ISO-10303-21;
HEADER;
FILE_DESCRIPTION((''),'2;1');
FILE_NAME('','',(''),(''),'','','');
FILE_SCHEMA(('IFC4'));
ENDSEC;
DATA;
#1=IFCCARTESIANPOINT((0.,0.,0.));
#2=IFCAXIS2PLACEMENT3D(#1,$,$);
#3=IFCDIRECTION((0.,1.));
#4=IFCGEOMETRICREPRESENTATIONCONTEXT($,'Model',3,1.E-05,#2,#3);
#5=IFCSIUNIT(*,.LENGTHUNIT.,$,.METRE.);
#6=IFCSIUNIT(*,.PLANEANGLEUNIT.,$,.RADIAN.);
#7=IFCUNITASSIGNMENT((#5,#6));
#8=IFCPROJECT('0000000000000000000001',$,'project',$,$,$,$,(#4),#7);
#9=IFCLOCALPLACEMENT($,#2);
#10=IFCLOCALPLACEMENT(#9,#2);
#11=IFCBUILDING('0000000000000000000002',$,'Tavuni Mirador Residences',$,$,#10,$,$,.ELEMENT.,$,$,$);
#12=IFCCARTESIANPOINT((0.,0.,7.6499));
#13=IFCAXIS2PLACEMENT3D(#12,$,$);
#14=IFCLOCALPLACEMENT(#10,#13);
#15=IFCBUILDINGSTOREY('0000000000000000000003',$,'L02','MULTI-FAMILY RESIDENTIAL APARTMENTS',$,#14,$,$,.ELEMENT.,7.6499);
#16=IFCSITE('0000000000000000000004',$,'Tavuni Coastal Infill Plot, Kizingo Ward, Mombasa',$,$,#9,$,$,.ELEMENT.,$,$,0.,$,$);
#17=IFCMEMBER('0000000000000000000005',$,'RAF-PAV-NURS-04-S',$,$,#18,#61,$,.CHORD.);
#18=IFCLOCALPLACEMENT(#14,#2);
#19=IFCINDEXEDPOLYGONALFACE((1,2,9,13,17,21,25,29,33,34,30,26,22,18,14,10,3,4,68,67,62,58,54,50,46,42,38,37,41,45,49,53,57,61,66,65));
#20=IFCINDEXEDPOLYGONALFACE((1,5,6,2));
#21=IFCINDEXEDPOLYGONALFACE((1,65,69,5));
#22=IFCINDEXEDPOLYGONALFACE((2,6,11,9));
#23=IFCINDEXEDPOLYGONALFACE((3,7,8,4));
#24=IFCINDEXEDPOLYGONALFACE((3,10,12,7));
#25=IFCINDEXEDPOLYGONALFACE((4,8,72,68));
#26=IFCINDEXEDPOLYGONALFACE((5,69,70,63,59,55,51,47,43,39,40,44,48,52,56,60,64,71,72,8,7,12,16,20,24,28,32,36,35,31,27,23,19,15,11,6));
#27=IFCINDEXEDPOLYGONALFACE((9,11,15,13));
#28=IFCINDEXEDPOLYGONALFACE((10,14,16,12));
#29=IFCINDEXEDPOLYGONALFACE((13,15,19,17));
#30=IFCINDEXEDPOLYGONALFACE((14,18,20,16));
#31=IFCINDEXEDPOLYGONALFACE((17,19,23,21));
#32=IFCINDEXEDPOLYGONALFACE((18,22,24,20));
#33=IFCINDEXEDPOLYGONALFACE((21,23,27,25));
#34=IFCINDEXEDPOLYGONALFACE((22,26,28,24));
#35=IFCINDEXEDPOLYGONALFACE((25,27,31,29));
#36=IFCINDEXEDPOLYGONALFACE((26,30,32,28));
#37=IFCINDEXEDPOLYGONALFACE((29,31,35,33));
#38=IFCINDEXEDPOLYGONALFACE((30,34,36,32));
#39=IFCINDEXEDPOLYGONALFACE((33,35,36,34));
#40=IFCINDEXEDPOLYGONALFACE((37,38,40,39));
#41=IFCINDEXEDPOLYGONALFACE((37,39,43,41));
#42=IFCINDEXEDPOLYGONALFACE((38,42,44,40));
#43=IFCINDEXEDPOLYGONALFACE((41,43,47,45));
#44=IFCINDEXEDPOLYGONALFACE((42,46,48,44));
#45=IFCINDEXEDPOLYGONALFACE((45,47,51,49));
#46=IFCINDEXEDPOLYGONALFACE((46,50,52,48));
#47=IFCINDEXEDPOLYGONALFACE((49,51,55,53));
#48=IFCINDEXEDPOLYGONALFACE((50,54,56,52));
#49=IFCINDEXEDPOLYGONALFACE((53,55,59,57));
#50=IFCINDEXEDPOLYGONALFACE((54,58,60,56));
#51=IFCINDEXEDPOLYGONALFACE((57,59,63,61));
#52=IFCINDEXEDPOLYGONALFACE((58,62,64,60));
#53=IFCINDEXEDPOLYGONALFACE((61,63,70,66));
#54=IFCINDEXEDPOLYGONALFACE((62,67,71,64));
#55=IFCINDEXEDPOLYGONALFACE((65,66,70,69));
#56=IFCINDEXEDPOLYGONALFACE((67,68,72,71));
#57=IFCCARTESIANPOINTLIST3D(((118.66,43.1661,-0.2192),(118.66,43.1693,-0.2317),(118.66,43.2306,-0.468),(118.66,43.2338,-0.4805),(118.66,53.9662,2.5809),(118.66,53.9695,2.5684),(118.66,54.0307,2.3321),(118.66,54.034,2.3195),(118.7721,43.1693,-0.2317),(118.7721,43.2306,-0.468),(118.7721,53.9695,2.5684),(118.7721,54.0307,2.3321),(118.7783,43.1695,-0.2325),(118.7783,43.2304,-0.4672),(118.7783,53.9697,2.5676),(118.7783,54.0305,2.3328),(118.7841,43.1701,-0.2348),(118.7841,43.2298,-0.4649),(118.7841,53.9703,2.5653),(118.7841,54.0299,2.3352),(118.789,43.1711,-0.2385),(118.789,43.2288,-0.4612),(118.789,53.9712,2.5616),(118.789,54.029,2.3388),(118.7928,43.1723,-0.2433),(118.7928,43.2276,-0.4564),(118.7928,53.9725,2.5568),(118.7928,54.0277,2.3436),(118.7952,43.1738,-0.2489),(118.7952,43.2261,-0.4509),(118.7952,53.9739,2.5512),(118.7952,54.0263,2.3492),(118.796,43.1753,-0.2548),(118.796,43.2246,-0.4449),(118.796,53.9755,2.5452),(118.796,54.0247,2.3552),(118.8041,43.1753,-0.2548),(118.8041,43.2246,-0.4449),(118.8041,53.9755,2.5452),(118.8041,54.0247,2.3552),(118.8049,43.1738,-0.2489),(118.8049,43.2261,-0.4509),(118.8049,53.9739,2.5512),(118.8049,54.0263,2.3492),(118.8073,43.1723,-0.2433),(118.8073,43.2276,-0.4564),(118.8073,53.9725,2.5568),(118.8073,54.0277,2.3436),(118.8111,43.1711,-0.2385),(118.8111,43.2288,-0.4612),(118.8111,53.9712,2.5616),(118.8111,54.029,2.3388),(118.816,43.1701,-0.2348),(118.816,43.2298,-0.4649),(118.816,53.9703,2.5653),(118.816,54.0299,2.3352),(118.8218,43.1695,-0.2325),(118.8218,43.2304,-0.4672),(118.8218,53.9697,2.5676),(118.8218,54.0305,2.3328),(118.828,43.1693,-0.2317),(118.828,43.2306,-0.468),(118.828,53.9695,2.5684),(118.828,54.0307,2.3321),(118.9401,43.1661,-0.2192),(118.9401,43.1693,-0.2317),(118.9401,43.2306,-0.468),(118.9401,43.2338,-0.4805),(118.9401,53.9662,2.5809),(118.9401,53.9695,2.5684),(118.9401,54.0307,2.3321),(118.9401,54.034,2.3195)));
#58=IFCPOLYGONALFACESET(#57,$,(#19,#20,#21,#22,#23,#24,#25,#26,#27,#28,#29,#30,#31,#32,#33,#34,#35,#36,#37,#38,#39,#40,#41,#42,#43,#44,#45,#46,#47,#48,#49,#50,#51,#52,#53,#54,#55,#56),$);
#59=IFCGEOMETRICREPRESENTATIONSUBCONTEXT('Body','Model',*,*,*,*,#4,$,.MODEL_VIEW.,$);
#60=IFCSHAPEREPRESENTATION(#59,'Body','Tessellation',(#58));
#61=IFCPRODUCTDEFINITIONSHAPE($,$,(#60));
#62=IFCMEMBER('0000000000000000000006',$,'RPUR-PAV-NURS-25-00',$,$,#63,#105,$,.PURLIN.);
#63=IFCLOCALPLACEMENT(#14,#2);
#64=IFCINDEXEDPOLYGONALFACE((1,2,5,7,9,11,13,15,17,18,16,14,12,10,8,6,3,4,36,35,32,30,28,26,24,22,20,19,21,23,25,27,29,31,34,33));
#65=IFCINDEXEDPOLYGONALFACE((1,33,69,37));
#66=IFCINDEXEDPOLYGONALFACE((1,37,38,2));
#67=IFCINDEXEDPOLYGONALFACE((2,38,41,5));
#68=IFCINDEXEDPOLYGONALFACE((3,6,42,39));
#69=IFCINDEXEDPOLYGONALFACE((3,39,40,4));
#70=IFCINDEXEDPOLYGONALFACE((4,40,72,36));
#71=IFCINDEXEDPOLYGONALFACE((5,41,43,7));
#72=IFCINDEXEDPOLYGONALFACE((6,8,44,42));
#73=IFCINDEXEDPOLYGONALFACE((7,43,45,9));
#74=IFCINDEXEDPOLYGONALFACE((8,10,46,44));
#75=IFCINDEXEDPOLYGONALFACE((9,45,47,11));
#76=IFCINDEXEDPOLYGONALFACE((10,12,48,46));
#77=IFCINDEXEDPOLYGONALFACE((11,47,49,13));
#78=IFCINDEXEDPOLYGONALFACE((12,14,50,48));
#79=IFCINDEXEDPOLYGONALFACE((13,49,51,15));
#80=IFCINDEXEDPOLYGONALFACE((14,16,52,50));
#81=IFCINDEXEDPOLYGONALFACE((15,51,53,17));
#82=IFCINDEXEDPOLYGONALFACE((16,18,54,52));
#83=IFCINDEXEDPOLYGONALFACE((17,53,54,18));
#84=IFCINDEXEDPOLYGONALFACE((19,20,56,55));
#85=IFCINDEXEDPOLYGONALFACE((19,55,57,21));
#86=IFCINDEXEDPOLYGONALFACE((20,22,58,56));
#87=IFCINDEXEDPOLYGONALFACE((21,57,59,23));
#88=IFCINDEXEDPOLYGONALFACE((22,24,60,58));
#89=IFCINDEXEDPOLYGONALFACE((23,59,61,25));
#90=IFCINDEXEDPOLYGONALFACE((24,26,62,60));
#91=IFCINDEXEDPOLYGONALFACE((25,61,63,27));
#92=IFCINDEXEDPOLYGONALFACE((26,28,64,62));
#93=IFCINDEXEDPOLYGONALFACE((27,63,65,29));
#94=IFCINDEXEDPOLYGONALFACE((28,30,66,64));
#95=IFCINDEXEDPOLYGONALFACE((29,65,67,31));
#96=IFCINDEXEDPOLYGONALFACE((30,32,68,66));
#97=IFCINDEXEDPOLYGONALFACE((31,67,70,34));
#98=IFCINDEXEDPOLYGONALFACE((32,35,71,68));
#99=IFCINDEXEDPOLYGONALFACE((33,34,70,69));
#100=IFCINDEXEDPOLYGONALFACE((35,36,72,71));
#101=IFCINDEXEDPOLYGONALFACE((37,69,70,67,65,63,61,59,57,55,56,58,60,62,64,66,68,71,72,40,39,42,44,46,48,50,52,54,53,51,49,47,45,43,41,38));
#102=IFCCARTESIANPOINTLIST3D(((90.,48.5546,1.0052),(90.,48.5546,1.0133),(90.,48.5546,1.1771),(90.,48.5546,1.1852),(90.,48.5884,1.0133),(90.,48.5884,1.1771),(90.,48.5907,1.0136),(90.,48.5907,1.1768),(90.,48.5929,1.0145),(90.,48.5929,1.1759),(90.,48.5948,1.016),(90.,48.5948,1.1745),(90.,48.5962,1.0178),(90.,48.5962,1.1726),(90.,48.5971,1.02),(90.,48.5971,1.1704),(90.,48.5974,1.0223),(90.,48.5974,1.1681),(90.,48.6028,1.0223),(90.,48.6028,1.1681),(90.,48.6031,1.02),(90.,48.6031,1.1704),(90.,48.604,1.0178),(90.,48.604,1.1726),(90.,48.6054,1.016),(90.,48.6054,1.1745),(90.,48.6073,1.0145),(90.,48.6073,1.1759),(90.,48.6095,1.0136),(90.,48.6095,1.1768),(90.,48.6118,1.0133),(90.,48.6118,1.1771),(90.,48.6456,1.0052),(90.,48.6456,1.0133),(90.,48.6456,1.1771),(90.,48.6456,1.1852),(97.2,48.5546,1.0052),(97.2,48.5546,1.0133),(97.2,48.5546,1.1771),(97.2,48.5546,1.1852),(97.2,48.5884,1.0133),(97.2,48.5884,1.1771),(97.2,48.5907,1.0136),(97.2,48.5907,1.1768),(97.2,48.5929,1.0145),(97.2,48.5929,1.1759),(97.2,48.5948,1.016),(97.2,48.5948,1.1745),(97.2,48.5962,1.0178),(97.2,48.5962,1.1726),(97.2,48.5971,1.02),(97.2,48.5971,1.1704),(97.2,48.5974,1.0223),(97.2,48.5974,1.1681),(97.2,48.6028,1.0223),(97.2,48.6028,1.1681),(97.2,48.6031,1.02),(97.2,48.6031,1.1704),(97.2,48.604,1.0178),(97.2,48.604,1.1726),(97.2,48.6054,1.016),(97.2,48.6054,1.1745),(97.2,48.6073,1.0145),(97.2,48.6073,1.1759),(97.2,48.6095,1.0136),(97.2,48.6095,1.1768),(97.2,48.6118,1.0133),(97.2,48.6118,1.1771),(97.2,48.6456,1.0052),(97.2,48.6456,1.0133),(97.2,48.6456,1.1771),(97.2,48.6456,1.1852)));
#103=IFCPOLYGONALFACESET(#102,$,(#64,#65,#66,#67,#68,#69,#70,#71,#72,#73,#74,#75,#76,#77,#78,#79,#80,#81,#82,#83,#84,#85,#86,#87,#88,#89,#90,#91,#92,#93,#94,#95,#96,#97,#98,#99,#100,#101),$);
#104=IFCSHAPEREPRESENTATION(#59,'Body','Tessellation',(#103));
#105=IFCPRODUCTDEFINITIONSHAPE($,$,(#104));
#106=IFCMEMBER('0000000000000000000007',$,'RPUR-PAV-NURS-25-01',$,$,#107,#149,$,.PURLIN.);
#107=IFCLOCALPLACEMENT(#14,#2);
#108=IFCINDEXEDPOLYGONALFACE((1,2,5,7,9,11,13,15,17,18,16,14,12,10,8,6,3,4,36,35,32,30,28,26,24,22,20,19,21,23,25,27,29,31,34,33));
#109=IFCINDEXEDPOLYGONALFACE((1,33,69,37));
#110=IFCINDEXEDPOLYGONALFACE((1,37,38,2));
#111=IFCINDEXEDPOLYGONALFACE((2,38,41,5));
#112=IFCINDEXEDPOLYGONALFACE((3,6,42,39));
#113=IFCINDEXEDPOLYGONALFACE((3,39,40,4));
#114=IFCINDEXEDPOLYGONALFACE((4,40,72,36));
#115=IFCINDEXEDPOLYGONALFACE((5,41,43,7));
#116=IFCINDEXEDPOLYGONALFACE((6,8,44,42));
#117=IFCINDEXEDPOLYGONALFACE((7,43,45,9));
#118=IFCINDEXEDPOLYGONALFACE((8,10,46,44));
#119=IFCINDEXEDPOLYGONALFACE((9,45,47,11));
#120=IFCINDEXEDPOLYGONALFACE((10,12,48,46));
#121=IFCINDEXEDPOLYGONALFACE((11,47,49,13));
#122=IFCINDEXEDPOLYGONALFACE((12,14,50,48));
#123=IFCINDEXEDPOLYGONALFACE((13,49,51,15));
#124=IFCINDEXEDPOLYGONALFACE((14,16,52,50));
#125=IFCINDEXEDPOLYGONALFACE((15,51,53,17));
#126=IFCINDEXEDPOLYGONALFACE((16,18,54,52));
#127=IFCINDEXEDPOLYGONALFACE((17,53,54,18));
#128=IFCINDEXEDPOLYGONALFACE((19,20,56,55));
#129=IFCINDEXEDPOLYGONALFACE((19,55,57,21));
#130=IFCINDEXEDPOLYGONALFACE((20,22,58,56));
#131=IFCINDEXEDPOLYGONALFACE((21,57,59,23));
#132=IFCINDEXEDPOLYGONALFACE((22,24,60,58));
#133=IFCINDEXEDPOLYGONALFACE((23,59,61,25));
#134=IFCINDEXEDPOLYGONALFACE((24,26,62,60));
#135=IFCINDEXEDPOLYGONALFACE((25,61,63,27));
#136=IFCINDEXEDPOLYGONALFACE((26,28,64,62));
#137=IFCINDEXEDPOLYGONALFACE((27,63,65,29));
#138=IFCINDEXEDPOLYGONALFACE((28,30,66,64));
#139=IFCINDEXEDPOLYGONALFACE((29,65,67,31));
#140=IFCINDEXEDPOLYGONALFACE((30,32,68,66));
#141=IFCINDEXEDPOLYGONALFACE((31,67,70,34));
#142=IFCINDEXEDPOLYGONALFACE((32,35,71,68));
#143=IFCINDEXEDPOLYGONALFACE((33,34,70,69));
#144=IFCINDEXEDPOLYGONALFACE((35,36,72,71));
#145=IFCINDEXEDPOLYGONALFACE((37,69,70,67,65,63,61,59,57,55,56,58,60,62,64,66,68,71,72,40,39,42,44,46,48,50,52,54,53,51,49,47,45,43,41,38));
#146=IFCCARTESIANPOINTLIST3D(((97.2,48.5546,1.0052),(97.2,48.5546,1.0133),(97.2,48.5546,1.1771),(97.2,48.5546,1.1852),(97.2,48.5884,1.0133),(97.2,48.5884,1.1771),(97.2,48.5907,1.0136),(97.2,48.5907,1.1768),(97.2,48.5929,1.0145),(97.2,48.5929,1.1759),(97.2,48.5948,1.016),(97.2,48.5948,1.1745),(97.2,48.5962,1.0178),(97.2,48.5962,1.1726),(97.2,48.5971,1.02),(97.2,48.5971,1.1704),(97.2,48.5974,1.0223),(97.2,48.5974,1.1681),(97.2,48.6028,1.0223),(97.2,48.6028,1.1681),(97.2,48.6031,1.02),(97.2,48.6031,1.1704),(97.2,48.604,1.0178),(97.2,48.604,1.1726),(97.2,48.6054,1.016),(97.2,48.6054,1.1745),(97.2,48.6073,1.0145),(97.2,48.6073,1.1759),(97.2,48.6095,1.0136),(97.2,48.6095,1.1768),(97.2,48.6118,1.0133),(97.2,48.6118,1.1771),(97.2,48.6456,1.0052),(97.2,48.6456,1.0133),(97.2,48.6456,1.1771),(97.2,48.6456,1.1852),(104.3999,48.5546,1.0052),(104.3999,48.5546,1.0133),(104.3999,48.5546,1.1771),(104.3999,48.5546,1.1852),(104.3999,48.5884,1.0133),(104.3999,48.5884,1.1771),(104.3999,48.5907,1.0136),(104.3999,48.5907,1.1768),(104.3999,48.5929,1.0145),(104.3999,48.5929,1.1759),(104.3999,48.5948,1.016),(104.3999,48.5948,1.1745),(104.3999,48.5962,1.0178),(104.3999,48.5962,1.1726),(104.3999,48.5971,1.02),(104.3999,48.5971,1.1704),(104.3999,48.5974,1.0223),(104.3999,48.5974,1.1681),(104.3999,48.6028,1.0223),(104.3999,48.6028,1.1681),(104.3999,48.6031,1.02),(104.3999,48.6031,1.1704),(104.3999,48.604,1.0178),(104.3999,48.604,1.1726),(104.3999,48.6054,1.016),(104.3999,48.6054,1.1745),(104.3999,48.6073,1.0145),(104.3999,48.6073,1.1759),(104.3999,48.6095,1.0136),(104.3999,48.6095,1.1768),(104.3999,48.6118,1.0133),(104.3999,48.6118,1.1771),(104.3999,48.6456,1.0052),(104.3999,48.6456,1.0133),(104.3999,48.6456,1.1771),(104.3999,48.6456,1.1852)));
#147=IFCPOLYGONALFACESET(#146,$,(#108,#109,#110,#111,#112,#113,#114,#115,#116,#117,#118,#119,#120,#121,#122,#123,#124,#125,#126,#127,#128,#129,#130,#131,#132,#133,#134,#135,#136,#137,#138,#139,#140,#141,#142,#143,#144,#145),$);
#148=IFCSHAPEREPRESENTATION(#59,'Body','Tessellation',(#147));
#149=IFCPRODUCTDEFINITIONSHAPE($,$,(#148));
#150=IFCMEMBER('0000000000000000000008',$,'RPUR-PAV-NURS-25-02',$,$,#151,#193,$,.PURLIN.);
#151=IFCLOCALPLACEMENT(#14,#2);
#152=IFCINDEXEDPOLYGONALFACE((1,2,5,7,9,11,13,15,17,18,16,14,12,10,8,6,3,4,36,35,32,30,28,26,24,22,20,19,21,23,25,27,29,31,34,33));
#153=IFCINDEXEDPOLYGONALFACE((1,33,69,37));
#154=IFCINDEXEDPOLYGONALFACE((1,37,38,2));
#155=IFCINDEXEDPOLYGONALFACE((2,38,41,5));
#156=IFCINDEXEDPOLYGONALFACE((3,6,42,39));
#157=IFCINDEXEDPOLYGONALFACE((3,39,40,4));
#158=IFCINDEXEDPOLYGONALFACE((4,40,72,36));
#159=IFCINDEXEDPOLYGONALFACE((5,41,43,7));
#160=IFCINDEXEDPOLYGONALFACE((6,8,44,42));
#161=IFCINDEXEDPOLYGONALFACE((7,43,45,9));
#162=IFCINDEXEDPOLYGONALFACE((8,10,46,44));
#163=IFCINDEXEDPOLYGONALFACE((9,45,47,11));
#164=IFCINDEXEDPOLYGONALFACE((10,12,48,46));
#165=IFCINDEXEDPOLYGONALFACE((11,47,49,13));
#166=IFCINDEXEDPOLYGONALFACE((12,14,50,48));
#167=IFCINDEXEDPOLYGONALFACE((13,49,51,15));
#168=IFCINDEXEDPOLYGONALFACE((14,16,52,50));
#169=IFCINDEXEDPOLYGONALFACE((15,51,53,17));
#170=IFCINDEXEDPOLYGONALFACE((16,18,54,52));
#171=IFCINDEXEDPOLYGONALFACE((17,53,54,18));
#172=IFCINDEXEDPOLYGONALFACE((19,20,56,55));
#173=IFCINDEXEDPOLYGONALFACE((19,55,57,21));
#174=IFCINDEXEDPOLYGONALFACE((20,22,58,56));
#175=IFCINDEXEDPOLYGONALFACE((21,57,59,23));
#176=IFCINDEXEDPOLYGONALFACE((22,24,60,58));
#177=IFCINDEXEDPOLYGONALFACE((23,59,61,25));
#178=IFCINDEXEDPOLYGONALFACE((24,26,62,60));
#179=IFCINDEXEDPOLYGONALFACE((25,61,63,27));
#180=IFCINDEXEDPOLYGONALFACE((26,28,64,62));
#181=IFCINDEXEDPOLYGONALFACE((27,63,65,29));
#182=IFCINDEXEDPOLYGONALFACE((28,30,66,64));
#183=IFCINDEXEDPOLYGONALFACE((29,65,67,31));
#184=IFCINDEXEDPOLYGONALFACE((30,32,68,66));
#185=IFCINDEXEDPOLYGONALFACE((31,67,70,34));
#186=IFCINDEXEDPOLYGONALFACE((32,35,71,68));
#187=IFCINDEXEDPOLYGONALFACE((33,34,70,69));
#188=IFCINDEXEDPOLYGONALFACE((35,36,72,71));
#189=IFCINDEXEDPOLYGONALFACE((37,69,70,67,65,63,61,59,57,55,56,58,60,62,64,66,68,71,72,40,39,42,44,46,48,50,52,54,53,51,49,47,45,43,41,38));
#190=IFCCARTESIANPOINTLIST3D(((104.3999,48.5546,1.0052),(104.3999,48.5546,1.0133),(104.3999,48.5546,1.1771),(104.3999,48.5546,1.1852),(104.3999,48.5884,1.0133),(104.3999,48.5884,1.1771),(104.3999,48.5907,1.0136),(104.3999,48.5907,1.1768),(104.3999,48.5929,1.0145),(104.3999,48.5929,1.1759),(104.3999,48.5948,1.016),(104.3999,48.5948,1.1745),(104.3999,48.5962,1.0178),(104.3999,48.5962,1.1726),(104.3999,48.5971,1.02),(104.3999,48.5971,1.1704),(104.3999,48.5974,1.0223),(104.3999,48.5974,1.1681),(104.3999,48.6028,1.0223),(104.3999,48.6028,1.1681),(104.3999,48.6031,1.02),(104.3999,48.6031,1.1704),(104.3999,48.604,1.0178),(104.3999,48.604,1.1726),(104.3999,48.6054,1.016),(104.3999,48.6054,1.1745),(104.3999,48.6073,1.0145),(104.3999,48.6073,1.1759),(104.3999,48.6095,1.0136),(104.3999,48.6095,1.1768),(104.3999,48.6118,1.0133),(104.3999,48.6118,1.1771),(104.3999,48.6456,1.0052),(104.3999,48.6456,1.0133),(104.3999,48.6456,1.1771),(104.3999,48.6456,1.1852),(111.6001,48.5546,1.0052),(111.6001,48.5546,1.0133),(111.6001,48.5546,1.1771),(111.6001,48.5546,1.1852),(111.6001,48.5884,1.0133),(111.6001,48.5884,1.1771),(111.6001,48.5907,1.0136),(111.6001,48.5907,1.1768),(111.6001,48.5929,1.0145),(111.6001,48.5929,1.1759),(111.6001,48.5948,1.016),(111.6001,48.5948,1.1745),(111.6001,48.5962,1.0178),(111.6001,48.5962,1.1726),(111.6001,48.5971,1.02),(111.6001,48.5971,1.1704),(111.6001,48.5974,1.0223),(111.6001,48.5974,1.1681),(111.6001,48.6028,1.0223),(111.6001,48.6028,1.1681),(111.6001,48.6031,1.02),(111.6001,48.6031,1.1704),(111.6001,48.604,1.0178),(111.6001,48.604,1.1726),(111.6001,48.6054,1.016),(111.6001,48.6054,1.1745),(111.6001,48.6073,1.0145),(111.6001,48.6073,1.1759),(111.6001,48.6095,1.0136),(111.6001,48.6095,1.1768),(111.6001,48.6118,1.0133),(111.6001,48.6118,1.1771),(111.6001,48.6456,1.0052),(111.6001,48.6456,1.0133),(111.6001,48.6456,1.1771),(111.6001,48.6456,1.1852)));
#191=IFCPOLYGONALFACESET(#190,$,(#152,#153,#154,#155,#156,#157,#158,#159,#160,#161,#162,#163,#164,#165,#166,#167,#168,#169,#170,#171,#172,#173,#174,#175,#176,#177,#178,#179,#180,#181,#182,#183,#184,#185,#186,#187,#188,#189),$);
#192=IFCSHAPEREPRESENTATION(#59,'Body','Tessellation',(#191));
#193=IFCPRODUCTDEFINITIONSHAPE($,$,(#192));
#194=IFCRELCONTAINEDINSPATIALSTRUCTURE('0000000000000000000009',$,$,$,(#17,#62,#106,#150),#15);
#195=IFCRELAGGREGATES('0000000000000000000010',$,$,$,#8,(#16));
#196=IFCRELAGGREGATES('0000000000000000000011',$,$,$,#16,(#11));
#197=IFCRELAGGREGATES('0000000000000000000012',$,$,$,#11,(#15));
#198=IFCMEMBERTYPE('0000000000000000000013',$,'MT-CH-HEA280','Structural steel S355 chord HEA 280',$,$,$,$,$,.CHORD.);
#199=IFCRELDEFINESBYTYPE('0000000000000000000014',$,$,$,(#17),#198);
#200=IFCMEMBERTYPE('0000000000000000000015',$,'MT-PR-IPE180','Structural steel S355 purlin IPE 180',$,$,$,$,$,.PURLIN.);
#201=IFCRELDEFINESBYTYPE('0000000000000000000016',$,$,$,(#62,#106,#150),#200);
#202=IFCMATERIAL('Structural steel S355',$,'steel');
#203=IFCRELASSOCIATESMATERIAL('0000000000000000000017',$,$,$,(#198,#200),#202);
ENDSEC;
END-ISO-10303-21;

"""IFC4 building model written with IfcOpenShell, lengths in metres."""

from ifc_helpers import new_model, si_unit, direction, frame, origin, origin_2d, place, context, subcontext, project, spatial, i_section, extrude, material, material_profile, profile_set, type_object, element, save


model = new_model("IFC4")

# Units and contexts
model_context = context("Model", 3, precision=1e-05, world=origin(), true_north=direction((0.0, 1.0)))
body_context = subcontext(model_context, "Body", "Model", "MODEL_VIEW")
ifc_project = project(units=[si_unit("LENGTHUNIT", "METRE"), si_unit("PLANEANGLEUNIT", "RADIAN")], contexts=[model_context])

# Site, building, storey
site_placement = place(None, origin())
site = spatial("IfcSite", under=ifc_project, at=site_placement, Name="Tavuni Coastal Infill Plot, Kizingo Ward, Mombasa", CompositionType="ELEMENT", RefElevation=0.0)
building_placement = place(site_placement, origin())
building = spatial("IfcBuilding", under=site, at=building_placement, Name="Tavuni Mirador Residences", CompositionType="ELEMENT")
storey_placement = place(building_placement, frame((0.0, 0.0, 7.6499)))
storey = spatial("IfcBuildingStorey", under=building, at=storey_placement, Name="L02", Description="MULTI-FAMILY RESIDENTIAL APARTMENTS", CompositionType="ELEMENT", Elevation=7.6499)

# Members
ifc_material_1 = material(Name="Structural steel S355", Category="steel")
ifc_material_profile_1 = material_profile(ifc_material_1, i_section(OverallWidth=0.28, OverallDepth=0.27, WebThickness=0.0081, FlangeThickness=0.0129, FilletRadius=0.0239, at=origin_2d()), Name="HEA 280", Category="steel")
ifc_profile_set_1 = profile_set([ifc_material_profile_1], Name="Structural steel S355")
member_type_1 = type_object("IfcMemberType", Name="MT-CH-HEA280", Description="Structural steel S355 chord HEA 280", PredefinedType="CHORD", material=ifc_profile_set_1)
for number, where, z_axis, x_axis, name in (
    (1, (118.8, 43.2, -0.3499), (0.0, 0.967996, 0.250965), (-1.0, 0.0, 0.0), "RAF-PAV-NURS-04-S"),
):
    element("IfcMember", number, at=place(storey_placement, frame(where, z_axis=z_axis, x_axis=x_axis)), inside=storey, type_object=member_type_1, Name=name, PredefinedType="CHORD", context=body_context, shape_type="SweptSolid", body=[
        extrude(i_section(OverallWidth=0.28, OverallDepth=0.27, WebThickness=0.0081, FlangeThickness=0.0129, FilletRadius=0.0239, at=origin_2d()), origin(), (0.0, 0.0, 1.0), 11.1572),
    ])
ifc_material_profile_2 = material_profile(ifc_material_1, i_section(OverallWidth=0.0911, OverallDepth=0.1799, WebThickness=0.0054, FlangeThickness=0.0081, FilletRadius=0.009, at=origin_2d()), Name="IPE 180", Category="steel")
ifc_profile_set_2 = profile_set([ifc_material_profile_2], Name="Structural steel S355")
member_type_2 = type_object("IfcMemberType", Name="MT-PR-IPE180", Description="Structural steel S355 purlin IPE 180", PredefinedType="PURLIN", material=ifc_profile_set_2)
for number, where, z_axis, x_axis, name in (
    (2, (90.0, 48.6001, 1.0952), (1.0, 0.0, 0.0), (0.0, 1.0, 0.0), "RPUR-PAV-NURS-25-00"),
    (3, (97.2, 48.6001, 1.0952), (1.0, 0.0, 0.0), (0.0, 1.0, 0.0), "RPUR-PAV-NURS-25-01"),
):
    element("IfcMember", number, at=place(storey_placement, frame(where, z_axis=z_axis, x_axis=x_axis)), inside=storey, type_object=member_type_2, Name=name, PredefinedType="PURLIN", context=body_context, shape_type="SweptSolid", body=[
        extrude(i_section(OverallWidth=0.0911, OverallDepth=0.1799, WebThickness=0.0054, FlangeThickness=0.0081, FilletRadius=0.009, at=origin_2d()), origin(), (0.0, 0.0, 1.0), 7.2),
    ])
member_placement = place(storey_placement, frame((104.3999, 48.6001, 1.0952), z_axis=(1.0, 0.0, 0.0), x_axis=(0.0, 1.0, 0.0)))
element("IfcMember", 4, at=member_placement, inside=storey, type_object=member_type_2, Name="RPUR-PAV-NURS-25-02", PredefinedType="PURLIN", context=body_context, shape_type="SweptSolid", body=[
    extrude(i_section(OverallWidth=0.0911, OverallDepth=0.1799, WebThickness=0.0054, FlangeThickness=0.0081, FilletRadius=0.009, at=origin_2d()), origin(), (0.0, 0.0, 1.0), 7.2002),
])

save(model, "model.ifc")
